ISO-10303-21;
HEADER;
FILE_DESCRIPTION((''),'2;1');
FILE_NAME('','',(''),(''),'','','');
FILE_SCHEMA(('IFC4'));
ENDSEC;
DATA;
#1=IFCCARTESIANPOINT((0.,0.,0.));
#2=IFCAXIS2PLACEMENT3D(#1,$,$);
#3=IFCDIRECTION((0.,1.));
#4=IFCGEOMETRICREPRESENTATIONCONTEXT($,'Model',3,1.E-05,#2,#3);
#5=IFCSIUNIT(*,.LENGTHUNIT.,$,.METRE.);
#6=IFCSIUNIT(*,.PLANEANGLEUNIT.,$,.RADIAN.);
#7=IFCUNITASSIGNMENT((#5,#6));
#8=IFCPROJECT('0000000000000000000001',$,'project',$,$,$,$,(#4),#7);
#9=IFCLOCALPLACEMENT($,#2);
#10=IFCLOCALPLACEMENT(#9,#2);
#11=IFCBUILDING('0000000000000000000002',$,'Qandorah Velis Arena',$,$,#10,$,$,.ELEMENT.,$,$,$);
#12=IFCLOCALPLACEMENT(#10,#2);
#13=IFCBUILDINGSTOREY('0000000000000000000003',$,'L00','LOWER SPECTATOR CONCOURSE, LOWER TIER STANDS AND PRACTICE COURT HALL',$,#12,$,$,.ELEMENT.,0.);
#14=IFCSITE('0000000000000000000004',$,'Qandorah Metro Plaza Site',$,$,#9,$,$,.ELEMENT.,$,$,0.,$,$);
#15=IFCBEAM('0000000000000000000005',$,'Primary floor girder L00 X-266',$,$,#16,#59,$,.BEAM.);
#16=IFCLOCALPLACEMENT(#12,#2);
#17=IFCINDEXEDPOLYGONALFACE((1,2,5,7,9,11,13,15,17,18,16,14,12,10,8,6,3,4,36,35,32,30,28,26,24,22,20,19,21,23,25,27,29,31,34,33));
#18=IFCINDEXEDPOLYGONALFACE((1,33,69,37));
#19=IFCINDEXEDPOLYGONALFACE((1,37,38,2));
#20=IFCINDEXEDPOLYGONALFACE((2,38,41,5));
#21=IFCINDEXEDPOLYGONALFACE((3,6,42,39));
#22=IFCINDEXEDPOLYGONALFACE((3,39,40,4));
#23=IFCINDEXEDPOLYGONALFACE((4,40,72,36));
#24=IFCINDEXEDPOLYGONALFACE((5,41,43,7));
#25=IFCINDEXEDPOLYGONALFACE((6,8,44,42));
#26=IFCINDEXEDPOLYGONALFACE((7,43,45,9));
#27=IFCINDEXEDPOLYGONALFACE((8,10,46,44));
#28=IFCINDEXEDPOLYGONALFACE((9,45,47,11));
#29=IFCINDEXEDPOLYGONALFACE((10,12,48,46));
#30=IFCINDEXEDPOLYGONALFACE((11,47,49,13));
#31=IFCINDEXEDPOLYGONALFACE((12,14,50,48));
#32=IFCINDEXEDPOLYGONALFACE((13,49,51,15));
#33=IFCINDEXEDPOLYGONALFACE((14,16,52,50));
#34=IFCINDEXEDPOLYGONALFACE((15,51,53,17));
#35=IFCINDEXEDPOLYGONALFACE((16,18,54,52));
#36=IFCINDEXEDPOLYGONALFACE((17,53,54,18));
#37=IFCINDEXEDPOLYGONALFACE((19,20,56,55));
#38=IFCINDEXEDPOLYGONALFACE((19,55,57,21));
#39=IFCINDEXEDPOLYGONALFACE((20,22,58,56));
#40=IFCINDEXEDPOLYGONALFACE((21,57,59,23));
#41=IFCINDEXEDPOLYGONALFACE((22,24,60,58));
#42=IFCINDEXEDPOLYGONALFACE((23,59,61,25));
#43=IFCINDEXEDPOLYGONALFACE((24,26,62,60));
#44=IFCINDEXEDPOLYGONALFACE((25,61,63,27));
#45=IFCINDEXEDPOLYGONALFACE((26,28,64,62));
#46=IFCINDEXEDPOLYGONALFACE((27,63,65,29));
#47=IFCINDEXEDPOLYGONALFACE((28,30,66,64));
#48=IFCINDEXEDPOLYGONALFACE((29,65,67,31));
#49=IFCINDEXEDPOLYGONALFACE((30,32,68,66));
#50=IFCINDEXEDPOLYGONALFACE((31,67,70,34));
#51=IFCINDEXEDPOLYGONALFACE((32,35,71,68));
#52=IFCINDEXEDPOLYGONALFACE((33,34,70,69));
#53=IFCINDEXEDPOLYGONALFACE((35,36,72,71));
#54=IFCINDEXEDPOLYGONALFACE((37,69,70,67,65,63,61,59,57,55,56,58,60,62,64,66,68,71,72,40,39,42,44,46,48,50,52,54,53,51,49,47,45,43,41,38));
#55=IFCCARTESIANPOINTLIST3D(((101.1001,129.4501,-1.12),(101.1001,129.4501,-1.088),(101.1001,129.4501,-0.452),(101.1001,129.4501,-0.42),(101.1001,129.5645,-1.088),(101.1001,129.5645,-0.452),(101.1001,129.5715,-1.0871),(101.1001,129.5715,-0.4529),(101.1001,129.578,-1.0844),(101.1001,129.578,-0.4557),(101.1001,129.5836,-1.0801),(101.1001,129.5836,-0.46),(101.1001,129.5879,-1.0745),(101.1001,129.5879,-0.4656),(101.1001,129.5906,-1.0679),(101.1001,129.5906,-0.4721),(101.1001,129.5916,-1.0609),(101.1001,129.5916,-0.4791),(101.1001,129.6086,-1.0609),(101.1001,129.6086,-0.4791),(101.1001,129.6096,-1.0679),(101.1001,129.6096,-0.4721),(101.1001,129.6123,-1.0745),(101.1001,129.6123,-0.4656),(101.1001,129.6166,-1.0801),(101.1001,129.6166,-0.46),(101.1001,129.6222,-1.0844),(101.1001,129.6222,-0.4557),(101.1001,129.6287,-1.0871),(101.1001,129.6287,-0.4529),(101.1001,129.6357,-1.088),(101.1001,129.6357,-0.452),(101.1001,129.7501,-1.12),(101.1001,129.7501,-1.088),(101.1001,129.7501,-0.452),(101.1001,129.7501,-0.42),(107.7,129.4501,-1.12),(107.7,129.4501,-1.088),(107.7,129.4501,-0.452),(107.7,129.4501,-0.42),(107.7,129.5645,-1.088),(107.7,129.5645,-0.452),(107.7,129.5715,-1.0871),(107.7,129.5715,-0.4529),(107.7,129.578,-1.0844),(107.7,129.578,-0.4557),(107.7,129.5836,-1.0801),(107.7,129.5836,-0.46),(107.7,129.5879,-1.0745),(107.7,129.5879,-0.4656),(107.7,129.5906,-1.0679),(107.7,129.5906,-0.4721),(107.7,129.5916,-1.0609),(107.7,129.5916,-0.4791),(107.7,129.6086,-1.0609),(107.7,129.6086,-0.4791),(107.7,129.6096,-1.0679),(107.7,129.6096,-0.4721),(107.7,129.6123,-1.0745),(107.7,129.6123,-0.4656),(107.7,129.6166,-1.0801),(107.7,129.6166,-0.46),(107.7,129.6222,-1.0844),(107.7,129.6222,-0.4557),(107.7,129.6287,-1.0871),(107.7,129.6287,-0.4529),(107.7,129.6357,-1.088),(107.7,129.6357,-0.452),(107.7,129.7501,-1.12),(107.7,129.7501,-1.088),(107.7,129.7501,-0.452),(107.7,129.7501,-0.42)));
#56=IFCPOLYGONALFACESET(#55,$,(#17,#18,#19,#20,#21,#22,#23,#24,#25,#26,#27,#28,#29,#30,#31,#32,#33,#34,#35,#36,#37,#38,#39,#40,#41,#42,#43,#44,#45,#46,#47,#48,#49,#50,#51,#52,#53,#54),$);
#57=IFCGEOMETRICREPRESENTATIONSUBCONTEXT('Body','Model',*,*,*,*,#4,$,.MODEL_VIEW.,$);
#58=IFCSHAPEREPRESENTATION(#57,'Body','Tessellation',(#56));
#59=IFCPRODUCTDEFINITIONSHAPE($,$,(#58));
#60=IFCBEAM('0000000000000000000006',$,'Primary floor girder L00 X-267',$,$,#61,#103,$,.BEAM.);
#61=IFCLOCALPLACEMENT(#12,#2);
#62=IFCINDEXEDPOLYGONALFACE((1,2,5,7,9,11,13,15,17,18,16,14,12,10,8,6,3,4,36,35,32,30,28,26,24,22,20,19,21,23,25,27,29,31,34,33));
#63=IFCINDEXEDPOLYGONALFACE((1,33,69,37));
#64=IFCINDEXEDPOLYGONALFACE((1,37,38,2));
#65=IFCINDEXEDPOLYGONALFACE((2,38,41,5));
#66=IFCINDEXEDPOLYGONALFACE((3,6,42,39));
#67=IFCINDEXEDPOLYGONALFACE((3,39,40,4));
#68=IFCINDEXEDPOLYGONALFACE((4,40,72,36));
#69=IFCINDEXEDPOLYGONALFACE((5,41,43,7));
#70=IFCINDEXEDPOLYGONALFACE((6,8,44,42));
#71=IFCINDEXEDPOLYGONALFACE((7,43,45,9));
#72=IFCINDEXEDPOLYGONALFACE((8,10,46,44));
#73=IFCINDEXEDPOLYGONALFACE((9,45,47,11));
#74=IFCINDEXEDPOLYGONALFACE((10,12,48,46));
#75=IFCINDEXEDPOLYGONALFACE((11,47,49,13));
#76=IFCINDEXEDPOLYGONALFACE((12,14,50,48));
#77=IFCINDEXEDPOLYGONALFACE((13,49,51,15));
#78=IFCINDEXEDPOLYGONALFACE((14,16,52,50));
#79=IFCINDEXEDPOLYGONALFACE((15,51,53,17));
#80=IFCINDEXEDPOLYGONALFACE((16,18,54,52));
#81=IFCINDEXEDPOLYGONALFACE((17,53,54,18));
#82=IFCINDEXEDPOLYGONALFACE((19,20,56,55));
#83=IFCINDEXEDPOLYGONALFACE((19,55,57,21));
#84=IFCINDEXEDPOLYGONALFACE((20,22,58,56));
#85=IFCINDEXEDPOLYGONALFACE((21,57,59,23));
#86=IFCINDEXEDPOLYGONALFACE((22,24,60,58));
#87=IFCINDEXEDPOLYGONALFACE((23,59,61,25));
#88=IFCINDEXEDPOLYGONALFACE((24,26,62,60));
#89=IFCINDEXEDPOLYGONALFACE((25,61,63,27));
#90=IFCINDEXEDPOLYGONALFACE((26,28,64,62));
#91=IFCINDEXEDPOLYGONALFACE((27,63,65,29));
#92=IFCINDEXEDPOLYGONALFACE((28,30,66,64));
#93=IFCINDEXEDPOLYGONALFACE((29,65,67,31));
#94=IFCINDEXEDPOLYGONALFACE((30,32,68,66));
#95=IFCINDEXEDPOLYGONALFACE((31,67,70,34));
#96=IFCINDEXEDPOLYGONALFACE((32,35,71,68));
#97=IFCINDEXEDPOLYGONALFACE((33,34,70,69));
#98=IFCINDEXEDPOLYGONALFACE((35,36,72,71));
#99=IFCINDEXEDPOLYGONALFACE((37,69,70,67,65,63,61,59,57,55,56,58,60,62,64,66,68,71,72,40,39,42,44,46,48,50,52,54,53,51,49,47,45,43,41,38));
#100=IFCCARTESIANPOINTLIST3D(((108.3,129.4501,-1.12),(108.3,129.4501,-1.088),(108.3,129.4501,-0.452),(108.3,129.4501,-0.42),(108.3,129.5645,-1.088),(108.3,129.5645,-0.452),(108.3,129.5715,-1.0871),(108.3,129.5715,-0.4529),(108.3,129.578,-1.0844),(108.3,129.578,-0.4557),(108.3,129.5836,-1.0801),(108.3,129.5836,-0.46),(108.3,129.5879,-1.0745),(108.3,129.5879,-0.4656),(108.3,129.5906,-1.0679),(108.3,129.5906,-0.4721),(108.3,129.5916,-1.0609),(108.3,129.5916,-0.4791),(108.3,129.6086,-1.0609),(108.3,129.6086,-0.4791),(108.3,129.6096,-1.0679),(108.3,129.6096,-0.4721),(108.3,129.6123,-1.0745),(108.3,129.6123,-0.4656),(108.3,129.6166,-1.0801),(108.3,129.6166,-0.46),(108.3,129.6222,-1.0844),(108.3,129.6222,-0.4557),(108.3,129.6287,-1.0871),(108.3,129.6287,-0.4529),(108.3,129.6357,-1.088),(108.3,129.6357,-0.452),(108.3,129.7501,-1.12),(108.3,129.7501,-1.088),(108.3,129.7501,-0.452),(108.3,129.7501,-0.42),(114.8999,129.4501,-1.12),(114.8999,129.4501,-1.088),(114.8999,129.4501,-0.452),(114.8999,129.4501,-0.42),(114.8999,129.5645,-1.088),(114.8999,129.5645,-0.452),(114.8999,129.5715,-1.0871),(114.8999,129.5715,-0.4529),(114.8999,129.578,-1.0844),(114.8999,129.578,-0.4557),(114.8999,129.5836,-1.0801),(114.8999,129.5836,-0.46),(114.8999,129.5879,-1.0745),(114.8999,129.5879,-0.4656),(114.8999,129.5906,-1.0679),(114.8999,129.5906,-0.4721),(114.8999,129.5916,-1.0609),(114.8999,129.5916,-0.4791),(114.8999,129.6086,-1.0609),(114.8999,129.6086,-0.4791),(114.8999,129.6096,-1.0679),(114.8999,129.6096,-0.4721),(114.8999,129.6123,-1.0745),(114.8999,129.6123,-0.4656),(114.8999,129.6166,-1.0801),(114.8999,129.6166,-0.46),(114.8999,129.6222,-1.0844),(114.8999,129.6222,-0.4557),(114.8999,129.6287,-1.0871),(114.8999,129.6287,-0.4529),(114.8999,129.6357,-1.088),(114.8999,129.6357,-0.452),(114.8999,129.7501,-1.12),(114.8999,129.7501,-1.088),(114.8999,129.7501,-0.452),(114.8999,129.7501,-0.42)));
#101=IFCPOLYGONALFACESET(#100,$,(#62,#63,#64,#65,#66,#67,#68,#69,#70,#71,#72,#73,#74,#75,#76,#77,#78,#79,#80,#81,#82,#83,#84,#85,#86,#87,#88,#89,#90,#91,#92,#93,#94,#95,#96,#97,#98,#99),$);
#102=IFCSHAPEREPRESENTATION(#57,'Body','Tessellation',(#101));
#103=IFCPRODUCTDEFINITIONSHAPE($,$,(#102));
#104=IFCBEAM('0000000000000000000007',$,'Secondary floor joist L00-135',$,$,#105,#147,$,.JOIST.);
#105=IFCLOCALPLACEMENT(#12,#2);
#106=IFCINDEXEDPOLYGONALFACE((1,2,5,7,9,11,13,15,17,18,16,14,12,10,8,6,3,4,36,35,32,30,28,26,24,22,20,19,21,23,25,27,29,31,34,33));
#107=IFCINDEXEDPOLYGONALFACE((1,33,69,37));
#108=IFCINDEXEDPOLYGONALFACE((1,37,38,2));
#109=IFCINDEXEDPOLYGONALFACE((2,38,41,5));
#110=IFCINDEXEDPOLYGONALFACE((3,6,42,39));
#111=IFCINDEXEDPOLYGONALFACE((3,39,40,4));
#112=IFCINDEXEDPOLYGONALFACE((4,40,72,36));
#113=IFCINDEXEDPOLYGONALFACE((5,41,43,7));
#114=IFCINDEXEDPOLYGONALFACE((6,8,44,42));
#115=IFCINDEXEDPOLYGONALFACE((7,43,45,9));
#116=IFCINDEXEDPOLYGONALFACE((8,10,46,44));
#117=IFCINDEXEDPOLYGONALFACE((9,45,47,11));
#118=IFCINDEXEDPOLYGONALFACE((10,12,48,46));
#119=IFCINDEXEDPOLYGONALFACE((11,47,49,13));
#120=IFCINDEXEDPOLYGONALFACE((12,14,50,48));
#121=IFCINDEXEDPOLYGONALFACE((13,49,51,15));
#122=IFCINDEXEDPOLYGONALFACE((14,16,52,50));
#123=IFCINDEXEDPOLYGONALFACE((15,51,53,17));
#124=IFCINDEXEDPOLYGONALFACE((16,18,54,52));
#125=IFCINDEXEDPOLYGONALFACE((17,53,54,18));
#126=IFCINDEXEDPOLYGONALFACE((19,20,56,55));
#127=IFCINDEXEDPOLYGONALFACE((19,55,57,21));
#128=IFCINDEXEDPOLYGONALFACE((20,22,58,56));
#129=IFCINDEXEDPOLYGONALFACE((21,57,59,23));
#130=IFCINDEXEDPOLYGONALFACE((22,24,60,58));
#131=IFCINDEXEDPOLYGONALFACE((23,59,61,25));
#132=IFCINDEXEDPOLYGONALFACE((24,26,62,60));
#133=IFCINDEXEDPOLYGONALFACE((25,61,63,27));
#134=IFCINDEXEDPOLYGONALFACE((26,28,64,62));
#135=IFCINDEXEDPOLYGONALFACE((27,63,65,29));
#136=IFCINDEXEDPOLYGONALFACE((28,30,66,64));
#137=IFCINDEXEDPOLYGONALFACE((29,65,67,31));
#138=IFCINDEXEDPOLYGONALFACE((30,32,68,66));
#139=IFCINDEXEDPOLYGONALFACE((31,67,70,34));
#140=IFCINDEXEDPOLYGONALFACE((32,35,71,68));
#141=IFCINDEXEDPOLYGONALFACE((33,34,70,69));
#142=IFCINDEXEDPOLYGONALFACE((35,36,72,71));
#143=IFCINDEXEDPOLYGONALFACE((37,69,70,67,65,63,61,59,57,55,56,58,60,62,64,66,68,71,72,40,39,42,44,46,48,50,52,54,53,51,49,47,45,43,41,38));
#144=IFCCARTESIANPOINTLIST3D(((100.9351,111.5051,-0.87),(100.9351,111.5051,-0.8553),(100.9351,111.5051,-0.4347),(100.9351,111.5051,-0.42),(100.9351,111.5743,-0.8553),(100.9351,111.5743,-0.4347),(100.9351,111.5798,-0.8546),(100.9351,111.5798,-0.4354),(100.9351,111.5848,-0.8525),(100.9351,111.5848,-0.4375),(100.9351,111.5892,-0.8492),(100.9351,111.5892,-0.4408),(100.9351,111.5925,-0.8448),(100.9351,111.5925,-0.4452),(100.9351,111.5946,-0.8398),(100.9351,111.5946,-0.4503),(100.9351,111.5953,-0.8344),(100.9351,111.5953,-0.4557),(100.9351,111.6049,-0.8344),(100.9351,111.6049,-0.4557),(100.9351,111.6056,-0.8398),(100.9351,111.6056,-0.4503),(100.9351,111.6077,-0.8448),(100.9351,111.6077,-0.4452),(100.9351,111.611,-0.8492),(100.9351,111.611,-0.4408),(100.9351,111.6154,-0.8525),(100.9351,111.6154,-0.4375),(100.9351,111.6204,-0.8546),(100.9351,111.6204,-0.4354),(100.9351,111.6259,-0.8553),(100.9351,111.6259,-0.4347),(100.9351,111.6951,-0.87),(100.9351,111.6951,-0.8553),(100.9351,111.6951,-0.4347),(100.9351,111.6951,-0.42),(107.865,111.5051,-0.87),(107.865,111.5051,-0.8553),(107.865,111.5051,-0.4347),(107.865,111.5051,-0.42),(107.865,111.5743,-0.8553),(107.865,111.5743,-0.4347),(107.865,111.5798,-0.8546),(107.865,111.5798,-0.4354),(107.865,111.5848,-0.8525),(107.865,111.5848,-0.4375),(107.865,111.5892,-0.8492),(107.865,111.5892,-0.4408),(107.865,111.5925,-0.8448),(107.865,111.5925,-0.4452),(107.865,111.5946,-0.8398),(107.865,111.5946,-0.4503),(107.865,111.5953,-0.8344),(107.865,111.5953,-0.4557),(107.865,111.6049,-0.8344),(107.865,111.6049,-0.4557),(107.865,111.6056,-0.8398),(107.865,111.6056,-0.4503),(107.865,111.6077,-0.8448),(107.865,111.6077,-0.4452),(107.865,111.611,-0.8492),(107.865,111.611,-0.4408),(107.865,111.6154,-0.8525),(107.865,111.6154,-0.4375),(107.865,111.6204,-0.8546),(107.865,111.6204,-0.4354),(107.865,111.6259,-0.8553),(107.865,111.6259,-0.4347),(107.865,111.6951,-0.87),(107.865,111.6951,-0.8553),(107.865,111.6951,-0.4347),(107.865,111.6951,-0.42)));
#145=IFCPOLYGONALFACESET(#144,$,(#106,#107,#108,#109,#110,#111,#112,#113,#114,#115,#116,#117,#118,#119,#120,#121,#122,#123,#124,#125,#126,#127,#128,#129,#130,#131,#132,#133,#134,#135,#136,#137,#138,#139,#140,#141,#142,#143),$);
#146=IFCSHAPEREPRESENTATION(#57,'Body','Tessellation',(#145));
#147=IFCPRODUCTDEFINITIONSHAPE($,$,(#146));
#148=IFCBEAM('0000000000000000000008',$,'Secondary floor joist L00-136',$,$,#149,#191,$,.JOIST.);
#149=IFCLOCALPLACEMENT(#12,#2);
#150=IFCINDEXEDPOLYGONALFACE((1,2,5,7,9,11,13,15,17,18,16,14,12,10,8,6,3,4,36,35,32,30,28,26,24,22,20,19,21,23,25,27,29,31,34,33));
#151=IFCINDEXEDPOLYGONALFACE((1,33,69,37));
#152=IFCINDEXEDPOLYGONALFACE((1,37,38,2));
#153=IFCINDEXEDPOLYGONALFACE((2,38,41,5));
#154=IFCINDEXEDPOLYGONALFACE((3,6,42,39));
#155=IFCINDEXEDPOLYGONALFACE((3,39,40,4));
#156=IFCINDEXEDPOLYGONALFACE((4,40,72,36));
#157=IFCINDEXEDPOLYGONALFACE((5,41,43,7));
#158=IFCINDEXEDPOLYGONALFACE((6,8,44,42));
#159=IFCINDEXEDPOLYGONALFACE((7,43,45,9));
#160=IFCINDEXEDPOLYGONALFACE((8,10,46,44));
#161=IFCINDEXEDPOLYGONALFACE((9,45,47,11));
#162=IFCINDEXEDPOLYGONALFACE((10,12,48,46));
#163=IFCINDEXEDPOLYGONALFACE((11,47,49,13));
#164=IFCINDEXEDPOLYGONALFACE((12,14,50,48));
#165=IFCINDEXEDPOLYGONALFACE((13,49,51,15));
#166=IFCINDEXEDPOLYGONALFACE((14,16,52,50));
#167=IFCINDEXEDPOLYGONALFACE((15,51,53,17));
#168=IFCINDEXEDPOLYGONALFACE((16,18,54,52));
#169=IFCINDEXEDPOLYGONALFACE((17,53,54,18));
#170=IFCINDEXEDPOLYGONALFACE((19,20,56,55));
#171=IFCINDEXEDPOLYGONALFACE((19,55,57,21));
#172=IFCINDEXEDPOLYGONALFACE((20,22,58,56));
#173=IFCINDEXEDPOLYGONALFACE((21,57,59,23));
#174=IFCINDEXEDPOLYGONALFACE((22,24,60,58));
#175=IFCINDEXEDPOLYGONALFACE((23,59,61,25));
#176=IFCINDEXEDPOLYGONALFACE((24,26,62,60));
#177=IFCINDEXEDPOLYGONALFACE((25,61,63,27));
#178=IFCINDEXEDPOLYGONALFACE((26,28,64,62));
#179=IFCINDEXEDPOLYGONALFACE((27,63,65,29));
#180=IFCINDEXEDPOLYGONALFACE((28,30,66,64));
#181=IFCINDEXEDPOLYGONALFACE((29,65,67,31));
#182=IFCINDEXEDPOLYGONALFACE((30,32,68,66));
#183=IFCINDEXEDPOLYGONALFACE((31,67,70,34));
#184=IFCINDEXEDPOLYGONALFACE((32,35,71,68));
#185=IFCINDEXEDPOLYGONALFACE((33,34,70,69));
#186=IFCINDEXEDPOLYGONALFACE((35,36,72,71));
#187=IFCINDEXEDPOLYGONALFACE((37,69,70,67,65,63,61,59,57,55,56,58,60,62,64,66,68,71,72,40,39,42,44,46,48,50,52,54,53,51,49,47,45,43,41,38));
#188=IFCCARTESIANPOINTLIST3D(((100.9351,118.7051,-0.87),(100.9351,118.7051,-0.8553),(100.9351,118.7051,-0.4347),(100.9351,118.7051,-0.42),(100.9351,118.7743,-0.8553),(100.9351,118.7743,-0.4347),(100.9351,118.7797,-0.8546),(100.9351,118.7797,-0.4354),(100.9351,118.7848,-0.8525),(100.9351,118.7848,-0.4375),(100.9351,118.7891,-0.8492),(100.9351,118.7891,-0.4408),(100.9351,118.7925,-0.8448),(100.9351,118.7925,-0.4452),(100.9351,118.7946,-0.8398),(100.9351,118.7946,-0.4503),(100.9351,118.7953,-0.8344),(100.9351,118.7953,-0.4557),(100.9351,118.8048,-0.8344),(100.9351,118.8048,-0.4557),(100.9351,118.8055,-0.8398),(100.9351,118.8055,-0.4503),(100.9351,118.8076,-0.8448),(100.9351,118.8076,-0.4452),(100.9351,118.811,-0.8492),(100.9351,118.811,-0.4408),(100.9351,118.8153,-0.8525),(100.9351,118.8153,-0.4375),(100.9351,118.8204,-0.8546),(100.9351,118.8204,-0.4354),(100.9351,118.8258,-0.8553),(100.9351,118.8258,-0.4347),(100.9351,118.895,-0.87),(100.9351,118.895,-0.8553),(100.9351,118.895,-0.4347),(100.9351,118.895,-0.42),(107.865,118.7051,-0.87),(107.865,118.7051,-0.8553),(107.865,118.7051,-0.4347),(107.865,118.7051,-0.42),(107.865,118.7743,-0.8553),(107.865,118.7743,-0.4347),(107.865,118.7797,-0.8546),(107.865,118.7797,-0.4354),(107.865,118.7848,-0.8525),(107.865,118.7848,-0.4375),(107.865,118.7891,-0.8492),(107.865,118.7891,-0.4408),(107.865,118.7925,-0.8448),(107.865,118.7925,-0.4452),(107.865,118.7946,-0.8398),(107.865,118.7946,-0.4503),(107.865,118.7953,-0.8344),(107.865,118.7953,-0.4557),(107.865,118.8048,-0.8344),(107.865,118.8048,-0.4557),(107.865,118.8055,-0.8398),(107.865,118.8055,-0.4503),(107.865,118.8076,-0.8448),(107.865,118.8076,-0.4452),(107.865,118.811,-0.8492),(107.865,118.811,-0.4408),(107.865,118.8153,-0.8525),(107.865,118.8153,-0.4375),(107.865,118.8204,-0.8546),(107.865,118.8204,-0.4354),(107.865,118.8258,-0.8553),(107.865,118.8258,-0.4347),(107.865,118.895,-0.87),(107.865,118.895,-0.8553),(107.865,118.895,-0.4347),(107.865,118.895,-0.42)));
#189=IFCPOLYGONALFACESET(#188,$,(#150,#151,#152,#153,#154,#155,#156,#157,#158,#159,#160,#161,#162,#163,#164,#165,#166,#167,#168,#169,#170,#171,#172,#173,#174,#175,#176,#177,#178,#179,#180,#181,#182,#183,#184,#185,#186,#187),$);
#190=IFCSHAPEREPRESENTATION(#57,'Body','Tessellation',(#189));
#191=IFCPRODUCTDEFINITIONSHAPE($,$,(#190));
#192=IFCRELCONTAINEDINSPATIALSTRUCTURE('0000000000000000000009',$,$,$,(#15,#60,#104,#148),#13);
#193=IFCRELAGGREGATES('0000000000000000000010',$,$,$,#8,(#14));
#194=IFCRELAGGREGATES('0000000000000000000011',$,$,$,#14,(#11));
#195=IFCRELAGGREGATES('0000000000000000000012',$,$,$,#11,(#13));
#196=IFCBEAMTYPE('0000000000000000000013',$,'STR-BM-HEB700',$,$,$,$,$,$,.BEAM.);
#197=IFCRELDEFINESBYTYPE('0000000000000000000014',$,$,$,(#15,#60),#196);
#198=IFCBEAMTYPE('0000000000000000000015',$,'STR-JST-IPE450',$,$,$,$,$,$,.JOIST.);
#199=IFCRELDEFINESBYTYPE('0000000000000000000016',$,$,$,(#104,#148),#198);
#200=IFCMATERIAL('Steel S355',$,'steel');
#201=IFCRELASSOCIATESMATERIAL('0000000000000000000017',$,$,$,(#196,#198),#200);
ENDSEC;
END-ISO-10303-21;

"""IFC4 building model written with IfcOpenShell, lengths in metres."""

from ifc_helpers import new_model, si_unit, direction, frame, origin, origin_2d, place, context, subcontext, project, spatial, i_section, extrude, material, material_profile, profile_set, type_object, element, save


model = new_model("IFC4")

# Units and contexts
model_context = context("Model", 3, precision=1e-05, world=origin(), true_north=direction((0.0, 1.0)))
body_context = subcontext(model_context, "Body", "Model", "MODEL_VIEW")
ifc_project = project(units=[si_unit("LENGTHUNIT", "METRE"), si_unit("PLANEANGLEUNIT", "RADIAN")], contexts=[model_context])

# Site, building, storey
site_placement = place(None, origin())
site = spatial("IfcSite", under=ifc_project, at=site_placement, Name="Qandorah Metro Plaza Site", CompositionType="ELEMENT", RefElevation=0.0)
building_placement = place(site_placement, origin())
building = spatial("IfcBuilding", under=site, at=building_placement, Name="Qandorah Velis Arena", CompositionType="ELEMENT")
storey_placement = place(building_placement, origin())
storey = spatial("IfcBuildingStorey", under=building, at=storey_placement, Name="L00", Description="LOWER SPECTATOR CONCOURSE, LOWER TIER STANDS AND PRACTICE COURT HALL", CompositionType="ELEMENT", Elevation=0.0)

# Beams
ifc_material_1 = material(Name="Steel S355", Category="steel")
ifc_material_profile_1 = material_profile(ifc_material_1, i_section(OverallWidth=0.3, OverallDepth=0.7, WebThickness=0.0171, FlangeThickness=0.032, FilletRadius=0.0271, at=origin_2d()), Name="HEB 700")
ifc_profile_set_1 = profile_set([ifc_material_profile_1], Name="Steel S355")
beam_type_1 = type_object("IfcBeamType", Name="STR-BM-HEB700", PredefinedType="BEAM", material=ifc_profile_set_1)
for number, where, z_axis, x_axis, name in (
    (1, (101.1001, 129.6001, -0.77), (1.0, 0.0, 0.0), (0.0, 1.0, 0.0), "Primary floor girder L00 X-266"),
    (2, (108.3, 129.6001, -0.77), (1.0, 0.0, 0.0), (0.0, 1.0, 0.0), "Primary floor girder L00 X-267"),
):
    element("IfcBeam", number, at=place(storey_placement, frame(where, z_axis=z_axis, x_axis=x_axis)), inside=storey, type_object=beam_type_1, Name=name, PredefinedType="BEAM", context=body_context, shape_type="SweptSolid", body=[
        extrude(i_section(OverallWidth=0.3, OverallDepth=0.7, WebThickness=0.0171, FlangeThickness=0.032, FilletRadius=0.0271, at=origin_2d()), origin(), (0.0, 0.0, 1.0), 6.5999),
    ])
ifc_material_profile_2 = material_profile(ifc_material_1, i_section(OverallWidth=0.1899, OverallDepth=0.45, WebThickness=0.0095, FlangeThickness=0.0146, FilletRadius=0.021, at=origin_2d()), Name="IPE 450")
ifc_profile_set_2 = profile_set([ifc_material_profile_2], Name="Steel S355")
beam_type_2 = type_object("IfcBeamType", Name="STR-JST-IPE450", PredefinedType="JOIST", material=ifc_profile_set_2)
for number, where, z_axis, x_axis, name in (
    (3, (100.9351, 111.6001, -0.645), (1.0, 0.0, 0.0), (0.0, 1.0, 0.0), "Secondary floor joist L00-135"),
    (4, (100.9351, 118.8, -0.645), (1.0, 0.0, 0.0), (0.0, 1.0, 0.0), "Secondary floor joist L00-136"),
):
    element("IfcBeam", number, at=place(storey_placement, frame(where, z_axis=z_axis, x_axis=x_axis)), inside=storey, type_object=beam_type_2, Name=name, PredefinedType="JOIST", context=body_context, shape_type="SweptSolid", body=[
        extrude(i_section(OverallWidth=0.1899, OverallDepth=0.45, WebThickness=0.0095, FlangeThickness=0.0146, FilletRadius=0.021, at=origin_2d()), origin(), (0.0, 0.0, 1.0), 6.9299),
    ])

save(model, "model.ifc")
